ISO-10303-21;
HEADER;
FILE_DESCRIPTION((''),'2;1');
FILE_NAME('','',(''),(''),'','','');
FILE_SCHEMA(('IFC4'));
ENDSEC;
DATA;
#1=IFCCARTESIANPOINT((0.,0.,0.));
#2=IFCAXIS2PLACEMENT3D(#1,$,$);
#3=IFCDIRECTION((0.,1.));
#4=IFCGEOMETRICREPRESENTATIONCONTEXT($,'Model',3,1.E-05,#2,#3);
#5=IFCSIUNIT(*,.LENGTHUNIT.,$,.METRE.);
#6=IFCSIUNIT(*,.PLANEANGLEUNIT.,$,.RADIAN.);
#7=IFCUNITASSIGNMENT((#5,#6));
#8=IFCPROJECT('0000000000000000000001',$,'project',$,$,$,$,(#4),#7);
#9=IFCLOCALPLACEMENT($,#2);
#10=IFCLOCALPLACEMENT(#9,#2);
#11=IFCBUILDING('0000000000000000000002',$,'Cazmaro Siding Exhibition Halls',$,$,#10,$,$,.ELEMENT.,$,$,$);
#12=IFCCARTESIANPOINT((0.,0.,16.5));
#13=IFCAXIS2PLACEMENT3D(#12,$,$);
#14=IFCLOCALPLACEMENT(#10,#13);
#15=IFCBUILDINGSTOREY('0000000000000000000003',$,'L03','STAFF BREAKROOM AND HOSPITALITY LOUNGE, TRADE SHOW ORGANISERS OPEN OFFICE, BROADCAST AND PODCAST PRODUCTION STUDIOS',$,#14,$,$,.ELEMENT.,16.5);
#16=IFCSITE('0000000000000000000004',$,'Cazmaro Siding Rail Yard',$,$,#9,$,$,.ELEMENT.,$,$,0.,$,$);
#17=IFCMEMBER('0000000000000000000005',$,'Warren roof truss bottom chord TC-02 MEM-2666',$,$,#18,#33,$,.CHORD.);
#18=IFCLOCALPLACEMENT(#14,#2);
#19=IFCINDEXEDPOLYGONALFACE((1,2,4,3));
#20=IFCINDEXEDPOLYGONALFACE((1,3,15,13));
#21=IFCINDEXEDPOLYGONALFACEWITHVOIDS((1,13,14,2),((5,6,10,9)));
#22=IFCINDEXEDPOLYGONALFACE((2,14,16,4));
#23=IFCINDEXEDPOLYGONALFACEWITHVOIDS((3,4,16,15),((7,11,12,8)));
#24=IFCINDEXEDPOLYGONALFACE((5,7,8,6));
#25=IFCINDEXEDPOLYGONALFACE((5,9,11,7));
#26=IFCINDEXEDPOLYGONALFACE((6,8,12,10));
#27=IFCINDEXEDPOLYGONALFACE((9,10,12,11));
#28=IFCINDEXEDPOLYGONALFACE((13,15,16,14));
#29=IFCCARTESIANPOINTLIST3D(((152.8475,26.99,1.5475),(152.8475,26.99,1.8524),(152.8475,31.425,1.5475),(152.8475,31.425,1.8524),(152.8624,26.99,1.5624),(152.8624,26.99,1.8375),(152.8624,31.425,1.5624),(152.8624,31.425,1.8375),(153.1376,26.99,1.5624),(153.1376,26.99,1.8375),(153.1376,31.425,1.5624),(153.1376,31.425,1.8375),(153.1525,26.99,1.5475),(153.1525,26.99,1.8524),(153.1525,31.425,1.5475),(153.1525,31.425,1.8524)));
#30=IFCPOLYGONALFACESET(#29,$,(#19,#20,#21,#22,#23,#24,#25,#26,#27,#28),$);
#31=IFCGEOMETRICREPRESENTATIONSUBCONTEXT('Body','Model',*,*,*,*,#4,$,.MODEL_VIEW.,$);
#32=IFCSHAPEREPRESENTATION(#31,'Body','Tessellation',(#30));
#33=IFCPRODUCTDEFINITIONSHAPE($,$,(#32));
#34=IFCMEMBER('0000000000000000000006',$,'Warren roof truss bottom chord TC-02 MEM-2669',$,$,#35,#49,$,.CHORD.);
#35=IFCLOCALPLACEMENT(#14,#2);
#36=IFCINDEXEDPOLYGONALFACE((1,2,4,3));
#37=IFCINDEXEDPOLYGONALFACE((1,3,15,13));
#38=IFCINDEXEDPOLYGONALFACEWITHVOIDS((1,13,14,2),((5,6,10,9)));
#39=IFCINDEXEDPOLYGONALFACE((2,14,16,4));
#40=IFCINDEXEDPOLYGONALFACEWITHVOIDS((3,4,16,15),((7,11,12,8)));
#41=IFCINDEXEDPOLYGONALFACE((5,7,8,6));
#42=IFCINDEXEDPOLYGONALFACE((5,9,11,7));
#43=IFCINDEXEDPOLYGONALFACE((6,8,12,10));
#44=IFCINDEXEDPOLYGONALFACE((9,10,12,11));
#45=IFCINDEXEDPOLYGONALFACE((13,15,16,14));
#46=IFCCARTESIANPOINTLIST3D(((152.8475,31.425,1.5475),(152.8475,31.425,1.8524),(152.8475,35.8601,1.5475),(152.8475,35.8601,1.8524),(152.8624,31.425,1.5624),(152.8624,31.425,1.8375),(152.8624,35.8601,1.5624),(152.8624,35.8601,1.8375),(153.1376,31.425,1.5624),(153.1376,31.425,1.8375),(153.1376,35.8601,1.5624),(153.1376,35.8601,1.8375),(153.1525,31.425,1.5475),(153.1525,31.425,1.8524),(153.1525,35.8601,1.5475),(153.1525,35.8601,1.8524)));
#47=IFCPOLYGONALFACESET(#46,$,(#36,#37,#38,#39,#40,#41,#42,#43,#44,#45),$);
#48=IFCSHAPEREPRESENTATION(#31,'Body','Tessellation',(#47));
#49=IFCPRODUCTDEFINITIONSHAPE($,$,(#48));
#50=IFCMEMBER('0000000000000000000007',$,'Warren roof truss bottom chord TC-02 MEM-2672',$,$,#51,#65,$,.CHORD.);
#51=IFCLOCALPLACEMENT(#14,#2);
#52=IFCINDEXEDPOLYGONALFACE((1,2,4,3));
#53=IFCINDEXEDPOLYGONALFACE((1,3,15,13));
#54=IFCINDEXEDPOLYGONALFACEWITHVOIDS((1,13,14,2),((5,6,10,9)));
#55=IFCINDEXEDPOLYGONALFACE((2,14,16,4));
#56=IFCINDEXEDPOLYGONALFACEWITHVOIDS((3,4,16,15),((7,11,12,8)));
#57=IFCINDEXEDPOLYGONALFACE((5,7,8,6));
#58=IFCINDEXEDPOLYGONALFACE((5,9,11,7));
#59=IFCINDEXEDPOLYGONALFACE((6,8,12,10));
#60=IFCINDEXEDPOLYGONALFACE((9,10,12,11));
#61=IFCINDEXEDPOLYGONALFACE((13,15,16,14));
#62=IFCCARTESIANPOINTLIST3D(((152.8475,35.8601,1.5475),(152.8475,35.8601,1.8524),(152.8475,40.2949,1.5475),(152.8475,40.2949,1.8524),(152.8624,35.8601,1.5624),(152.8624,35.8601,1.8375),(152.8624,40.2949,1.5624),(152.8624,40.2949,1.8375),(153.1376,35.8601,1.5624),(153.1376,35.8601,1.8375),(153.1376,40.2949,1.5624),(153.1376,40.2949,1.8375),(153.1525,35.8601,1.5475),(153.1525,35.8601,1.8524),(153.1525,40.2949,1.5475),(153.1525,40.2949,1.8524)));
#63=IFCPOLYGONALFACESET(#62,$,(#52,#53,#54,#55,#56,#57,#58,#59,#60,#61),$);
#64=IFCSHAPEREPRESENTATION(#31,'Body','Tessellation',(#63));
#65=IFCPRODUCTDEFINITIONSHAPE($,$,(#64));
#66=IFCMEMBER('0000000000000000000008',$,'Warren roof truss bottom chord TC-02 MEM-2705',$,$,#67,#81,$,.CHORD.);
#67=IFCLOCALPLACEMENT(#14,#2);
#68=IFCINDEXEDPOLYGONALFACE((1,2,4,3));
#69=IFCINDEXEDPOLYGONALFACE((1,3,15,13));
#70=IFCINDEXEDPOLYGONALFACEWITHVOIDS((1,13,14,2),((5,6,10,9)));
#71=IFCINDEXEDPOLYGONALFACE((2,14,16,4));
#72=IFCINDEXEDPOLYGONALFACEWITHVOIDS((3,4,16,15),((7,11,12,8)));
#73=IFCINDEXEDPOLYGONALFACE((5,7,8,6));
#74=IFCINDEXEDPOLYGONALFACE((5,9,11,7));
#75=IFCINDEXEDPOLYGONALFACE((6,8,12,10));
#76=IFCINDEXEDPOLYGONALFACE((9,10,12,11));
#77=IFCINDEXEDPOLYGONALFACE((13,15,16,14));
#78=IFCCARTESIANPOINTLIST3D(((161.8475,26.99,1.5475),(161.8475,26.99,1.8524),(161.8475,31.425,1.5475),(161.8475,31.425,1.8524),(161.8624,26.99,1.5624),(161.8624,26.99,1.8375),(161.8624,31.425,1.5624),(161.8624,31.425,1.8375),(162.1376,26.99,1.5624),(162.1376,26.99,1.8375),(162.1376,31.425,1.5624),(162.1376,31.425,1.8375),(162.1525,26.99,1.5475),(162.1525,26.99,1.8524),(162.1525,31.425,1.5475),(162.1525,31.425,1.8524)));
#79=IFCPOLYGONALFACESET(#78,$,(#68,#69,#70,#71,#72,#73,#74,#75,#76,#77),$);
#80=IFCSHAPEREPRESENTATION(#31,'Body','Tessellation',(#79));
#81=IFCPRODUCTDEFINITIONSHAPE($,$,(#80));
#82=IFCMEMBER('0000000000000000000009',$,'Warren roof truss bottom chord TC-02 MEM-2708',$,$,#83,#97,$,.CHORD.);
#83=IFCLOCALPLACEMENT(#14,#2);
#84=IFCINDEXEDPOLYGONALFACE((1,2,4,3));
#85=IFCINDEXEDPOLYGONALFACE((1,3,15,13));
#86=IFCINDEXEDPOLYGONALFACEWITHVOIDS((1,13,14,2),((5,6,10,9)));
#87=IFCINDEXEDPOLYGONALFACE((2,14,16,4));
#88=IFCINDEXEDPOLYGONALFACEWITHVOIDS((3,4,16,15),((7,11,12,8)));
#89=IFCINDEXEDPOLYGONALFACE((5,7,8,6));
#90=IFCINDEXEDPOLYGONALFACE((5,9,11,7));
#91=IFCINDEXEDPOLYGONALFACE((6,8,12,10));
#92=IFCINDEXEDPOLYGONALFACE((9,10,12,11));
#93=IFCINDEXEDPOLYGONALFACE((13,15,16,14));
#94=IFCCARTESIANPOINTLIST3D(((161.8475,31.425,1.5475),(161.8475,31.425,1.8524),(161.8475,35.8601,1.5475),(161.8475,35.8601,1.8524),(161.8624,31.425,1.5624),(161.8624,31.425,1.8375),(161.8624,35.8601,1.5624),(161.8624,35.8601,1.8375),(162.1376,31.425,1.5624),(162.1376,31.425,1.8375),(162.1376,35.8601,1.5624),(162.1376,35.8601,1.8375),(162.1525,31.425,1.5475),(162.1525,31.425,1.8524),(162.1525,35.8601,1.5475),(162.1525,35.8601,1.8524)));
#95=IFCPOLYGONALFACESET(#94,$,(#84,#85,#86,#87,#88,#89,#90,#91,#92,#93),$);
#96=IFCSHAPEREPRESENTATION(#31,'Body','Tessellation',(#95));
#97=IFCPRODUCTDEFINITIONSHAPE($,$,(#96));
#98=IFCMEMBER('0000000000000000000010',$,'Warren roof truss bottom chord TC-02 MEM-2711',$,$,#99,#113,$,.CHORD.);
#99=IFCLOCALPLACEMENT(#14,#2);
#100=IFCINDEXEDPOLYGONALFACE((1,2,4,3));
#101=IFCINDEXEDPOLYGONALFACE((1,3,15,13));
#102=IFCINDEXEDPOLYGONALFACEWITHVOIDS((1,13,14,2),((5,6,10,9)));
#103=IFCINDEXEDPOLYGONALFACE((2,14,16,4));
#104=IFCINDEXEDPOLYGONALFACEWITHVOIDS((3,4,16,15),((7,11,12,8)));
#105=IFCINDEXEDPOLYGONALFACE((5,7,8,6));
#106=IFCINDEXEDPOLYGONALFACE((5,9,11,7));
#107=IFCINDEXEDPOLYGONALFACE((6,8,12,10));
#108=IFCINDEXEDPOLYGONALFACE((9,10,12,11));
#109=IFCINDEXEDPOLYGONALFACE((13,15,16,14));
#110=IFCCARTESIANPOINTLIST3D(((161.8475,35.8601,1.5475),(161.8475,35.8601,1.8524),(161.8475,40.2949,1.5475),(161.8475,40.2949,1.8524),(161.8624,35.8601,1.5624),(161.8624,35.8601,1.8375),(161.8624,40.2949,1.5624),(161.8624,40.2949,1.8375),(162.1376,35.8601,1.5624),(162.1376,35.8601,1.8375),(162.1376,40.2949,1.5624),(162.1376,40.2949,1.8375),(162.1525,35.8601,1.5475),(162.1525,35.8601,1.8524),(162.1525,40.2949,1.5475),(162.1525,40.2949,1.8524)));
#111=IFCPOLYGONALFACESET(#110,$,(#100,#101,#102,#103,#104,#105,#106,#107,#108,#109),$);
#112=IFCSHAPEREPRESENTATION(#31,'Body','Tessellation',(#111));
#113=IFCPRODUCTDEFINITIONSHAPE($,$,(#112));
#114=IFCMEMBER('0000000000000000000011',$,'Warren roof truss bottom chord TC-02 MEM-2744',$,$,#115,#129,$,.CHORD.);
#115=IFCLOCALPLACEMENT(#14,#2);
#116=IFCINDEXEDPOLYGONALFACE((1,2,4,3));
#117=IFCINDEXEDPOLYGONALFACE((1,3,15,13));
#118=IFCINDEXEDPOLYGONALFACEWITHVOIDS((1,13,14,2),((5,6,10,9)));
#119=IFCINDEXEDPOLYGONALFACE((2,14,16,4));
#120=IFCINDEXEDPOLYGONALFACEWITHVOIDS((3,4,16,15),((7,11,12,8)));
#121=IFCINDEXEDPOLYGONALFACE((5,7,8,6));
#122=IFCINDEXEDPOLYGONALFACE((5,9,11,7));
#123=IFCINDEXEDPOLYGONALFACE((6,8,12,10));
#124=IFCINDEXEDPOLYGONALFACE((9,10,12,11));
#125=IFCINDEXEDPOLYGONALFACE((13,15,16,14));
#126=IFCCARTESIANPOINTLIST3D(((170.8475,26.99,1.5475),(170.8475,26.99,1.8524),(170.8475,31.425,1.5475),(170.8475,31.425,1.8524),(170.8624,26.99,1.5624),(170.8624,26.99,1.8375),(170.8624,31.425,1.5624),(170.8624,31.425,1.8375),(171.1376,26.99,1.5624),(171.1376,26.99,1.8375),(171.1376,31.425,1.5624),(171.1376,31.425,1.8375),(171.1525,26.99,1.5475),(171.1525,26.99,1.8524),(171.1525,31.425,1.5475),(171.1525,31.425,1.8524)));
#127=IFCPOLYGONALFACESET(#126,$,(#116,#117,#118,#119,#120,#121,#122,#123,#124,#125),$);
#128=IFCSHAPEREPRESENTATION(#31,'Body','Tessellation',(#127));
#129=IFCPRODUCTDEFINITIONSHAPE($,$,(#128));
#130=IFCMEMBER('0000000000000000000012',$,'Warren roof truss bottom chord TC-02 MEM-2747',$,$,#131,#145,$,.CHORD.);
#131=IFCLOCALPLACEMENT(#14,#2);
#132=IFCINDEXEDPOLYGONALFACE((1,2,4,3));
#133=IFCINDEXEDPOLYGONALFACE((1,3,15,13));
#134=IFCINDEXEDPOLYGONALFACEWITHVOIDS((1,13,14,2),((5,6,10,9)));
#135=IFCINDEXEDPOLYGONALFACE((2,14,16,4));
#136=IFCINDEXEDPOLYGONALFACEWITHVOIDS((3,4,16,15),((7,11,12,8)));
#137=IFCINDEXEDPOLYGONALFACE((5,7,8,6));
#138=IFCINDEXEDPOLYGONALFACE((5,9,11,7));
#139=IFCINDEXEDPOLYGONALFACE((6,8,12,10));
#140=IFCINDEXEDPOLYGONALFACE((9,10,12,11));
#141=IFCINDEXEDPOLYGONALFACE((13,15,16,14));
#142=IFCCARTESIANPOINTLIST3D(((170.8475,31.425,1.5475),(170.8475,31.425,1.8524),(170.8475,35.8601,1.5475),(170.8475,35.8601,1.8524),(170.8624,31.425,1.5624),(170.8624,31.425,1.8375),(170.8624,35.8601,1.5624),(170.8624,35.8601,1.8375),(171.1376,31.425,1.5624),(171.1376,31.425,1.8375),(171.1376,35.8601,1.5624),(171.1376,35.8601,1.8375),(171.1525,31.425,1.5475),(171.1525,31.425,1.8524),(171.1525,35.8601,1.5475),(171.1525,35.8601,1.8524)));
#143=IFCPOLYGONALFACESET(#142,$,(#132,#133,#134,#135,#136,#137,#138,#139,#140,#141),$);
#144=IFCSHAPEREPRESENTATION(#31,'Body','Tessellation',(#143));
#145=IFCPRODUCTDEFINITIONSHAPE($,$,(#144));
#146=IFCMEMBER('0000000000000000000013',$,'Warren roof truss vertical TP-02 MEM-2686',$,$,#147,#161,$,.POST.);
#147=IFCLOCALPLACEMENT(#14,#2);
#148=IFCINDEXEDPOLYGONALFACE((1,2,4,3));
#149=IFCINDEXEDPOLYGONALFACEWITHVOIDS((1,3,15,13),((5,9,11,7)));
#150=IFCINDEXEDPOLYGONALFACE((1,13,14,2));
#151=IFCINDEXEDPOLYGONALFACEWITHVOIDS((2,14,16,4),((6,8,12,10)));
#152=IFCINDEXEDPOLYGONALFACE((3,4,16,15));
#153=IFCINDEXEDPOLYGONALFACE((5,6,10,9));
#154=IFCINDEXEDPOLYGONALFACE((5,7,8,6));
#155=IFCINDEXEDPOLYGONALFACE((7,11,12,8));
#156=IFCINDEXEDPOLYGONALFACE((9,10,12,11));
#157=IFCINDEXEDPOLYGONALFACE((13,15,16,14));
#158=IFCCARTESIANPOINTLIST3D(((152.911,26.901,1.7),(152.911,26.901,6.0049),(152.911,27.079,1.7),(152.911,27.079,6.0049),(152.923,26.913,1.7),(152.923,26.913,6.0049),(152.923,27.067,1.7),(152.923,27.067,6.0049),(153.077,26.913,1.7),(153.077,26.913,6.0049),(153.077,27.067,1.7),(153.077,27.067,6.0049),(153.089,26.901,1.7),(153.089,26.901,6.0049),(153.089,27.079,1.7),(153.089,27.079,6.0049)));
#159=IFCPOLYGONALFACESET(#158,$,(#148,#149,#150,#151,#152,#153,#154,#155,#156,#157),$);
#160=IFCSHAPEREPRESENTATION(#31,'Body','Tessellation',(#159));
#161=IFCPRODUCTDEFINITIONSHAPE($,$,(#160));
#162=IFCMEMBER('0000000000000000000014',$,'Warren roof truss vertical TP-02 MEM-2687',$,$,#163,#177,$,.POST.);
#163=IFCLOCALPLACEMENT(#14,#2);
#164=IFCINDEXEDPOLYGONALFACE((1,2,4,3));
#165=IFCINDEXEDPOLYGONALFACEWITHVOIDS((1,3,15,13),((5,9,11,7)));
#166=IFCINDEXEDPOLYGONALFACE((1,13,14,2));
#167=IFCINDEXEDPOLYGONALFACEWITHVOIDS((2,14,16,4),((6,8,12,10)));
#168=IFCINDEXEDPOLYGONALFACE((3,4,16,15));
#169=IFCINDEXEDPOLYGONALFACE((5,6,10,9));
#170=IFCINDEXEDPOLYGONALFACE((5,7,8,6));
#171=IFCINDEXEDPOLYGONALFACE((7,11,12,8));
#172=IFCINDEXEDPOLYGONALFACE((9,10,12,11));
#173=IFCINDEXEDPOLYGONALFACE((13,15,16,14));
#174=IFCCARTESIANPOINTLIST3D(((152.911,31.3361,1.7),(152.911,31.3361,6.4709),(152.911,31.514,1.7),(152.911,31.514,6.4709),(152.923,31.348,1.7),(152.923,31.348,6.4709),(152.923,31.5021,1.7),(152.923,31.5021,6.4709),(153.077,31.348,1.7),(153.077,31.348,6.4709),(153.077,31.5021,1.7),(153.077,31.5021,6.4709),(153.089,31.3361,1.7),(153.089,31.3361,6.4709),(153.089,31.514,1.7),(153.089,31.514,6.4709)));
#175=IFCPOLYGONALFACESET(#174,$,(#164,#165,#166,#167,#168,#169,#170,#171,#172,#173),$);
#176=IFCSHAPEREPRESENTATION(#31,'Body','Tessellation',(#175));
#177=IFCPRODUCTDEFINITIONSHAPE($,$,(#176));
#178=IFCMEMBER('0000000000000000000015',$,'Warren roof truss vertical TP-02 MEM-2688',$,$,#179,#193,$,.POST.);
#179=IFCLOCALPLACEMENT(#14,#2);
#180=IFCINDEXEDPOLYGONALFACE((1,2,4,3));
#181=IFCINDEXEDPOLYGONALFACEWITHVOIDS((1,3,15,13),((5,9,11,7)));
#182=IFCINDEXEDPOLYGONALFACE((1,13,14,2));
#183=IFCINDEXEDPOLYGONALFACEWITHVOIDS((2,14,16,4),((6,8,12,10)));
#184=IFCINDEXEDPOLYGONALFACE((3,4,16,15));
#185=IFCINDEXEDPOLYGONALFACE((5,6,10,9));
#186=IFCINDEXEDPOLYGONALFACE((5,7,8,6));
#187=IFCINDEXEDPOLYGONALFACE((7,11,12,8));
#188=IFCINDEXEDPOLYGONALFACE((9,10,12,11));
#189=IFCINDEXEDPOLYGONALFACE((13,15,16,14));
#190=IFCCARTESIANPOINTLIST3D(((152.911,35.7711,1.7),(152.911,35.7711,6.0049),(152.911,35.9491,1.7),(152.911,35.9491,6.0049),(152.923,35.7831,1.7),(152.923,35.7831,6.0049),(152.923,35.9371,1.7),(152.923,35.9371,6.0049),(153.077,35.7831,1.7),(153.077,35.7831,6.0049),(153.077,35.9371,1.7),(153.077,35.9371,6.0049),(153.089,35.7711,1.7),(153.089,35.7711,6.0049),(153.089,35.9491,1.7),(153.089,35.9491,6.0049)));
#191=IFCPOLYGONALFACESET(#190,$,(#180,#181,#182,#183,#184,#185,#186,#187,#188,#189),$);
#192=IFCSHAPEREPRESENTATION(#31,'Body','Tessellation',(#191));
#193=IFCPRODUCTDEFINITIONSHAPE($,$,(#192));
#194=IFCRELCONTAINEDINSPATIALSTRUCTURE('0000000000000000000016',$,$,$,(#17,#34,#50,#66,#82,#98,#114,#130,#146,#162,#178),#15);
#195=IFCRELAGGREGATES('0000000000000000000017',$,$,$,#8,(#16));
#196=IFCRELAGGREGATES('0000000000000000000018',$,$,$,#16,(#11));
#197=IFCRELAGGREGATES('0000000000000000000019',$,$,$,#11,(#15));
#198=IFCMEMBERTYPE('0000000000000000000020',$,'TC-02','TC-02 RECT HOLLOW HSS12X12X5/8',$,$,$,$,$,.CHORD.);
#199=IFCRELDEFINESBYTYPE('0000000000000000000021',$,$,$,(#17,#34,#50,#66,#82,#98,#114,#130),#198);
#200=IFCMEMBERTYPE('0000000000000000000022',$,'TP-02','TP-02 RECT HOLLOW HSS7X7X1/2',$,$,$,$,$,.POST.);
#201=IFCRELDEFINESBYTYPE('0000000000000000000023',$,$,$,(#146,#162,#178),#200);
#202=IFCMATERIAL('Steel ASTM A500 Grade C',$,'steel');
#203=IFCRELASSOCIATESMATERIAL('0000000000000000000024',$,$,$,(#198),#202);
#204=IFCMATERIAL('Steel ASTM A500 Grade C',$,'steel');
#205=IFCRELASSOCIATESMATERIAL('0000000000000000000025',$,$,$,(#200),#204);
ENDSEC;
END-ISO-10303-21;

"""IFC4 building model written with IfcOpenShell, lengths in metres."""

from ifc_helpers import new_model, si_unit, direction, frame, origin, origin_2d, place, context, subcontext, project, spatial, hollow_rectangle, extrude, material, material_profile, profile_set, type_object, element, save


model = new_model("IFC4")

# Units and contexts
model_context = context("Model", 3, precision=1e-05, world=origin(), true_north=direction((0.0, 1.0)))
body_context = subcontext(model_context, "Body", "Model", "MODEL_VIEW")
ifc_project = project(units=[si_unit("LENGTHUNIT", "METRE"), si_unit("PLANEANGLEUNIT", "RADIAN")], contexts=[model_context])

# Site, building, storey
site_placement = place(None, origin())
site = spatial("IfcSite", under=ifc_project, at=site_placement, Name="Cazmaro Siding Rail Yard", CompositionType="ELEMENT", RefElevation=0.0)
building_placement = place(site_placement, origin())
building = spatial("IfcBuilding", under=site, at=building_placement, Name="Cazmaro Siding Exhibition Halls", CompositionType="ELEMENT")
storey_placement = place(building_placement, frame((0.0, 0.0, 16.5)))
storey = spatial("IfcBuildingStorey", under=building, at=storey_placement, Name="L03", Description="STAFF BREAKROOM AND HOSPITALITY LOUNGE, TRADE SHOW ORGANISERS OPEN OFFICE, BROADCAST AND PODCAST PRODUCTION STUDIOS", CompositionType="ELEMENT", Elevation=16.5)

# Members
ifc_material_1 = material(Name="Steel ASTM A500 Grade C", Category="steel")
ifc_material_profile_1 = material_profile(ifc_material_1, hollow_rectangle(XDim=0.3049, YDim=0.3049, WallThickness=0.0149, at=origin_2d()), Name="HSS12X12X5/8")
ifc_profile_set_1 = profile_set([ifc_material_profile_1], Name="Steel ASTM A500 Grade C")
member_type_1 = type_object("IfcMemberType", Name="TC-02", Description="TC-02 RECT HOLLOW HSS12X12X5/8", PredefinedType="CHORD", material=ifc_profile_set_1)
for number, where, z_axis, x_axis, name in (
    (1, (153.0, 26.99, 1.7), (0.0, 1.0, 0.0), (-1.0, 0.0, 0.0), "Warren roof truss bottom chord TC-02 MEM-2666"),
    (2, (153.0, 31.425, 1.7), (0.0, 1.0, 0.0), (-1.0, 0.0, 0.0), "Warren roof truss bottom chord TC-02 MEM-2669"),
):
    element("IfcMember", number, at=place(storey_placement, frame(where, z_axis=z_axis, x_axis=x_axis)), inside=storey, type_object=member_type_1, Name=name, PredefinedType="CHORD", context=body_context, shape_type="SweptSolid", body=[
        extrude(hollow_rectangle(XDim=0.3049, YDim=0.3049, WallThickness=0.0149, at=origin_2d()), origin(), (0.0, 0.0, 1.0), 4.4351),
    ])
member_1_placement = place(storey_placement, frame((153.0, 35.8601, 1.7), z_axis=(0.0, 1.0, 0.0), x_axis=(-1.0, 0.0, 0.0)))
element("IfcMember", 3, at=member_1_placement, inside=storey, type_object=member_type_1, Name="Warren roof truss bottom chord TC-02 MEM-2672", PredefinedType="CHORD", context=body_context, shape_type="SweptSolid", body=[
    extrude(hollow_rectangle(XDim=0.3049, YDim=0.3049, WallThickness=0.0149, at=origin_2d()), origin(), (0.0, 0.0, 1.0), 4.4348),
])
for number, where, z_axis, x_axis, name in (
    (4, (162.0, 26.99, 1.7), (0.0, 1.0, 0.0), (-1.0, 0.0, 0.0), "Warren roof truss bottom chord TC-02 MEM-2705"),
    (5, (162.0, 31.425, 1.7), (0.0, 1.0, 0.0), (-1.0, 0.0, 0.0), "Warren roof truss bottom chord TC-02 MEM-2708"),
):
    element("IfcMember", number, at=place(storey_placement, frame(where, z_axis=z_axis, x_axis=x_axis)), inside=storey, type_object=member_type_1, Name=name, PredefinedType="CHORD", context=body_context, shape_type="SweptSolid", body=[
        extrude(hollow_rectangle(XDim=0.3049, YDim=0.3049, WallThickness=0.0149, at=origin_2d()), origin(), (0.0, 0.0, 1.0), 4.4351),
    ])
member_2_placement = place(storey_placement, frame((162.0, 35.8601, 1.7), z_axis=(0.0, 1.0, 0.0), x_axis=(-1.0, 0.0, 0.0)))
element("IfcMember", 6, at=member_2_placement, inside=storey, type_object=member_type_1, Name="Warren roof truss bottom chord TC-02 MEM-2711", PredefinedType="CHORD", context=body_context, shape_type="SweptSolid", body=[
    extrude(hollow_rectangle(XDim=0.3049, YDim=0.3049, WallThickness=0.0149, at=origin_2d()), origin(), (0.0, 0.0, 1.0), 4.4348),
])
for number, where, z_axis, x_axis, name in (
    (7, (171.0, 26.99, 1.7), (0.0, 1.0, 0.0), (-1.0, 0.0, 0.0), "Warren roof truss bottom chord TC-02 MEM-2744"),
    (8, (171.0, 31.425, 1.7), (0.0, 1.0, 0.0), (-1.0, 0.0, 0.0), "Warren roof truss bottom chord TC-02 MEM-2747"),
):
    element("IfcMember", number, at=place(storey_placement, frame(where, z_axis=z_axis, x_axis=x_axis)), inside=storey, type_object=member_type_1, Name=name, PredefinedType="CHORD", context=body_context, shape_type="SweptSolid", body=[
        extrude(hollow_rectangle(XDim=0.3049, YDim=0.3049, WallThickness=0.0149, at=origin_2d()), origin(), (0.0, 0.0, 1.0), 4.4351),
    ])
ifc_material_2 = material(Name="Steel ASTM A500 Grade C", Category="steel")
ifc_material_profile_2 = material_profile(ifc_material_2, hollow_rectangle(XDim=0.178, YDim=0.178, WallThickness=0.012, at=origin_2d()), Name="HSS7X7X1/2")
ifc_profile_set_2 = profile_set([ifc_material_profile_2], Name="Steel ASTM A500 Grade C")
member_type_2 = type_object("IfcMemberType", Name="TP-02", Description="TP-02 RECT HOLLOW HSS7X7X1/2", PredefinedType="POST", material=ifc_profile_set_2)
member_3_placement = place(storey_placement, frame((153.0, 26.99, 1.7), z_axis=(0.0, 0.0, 1.0), x_axis=(1.0, 0.0, 0.0)))
element("IfcMember", 9, at=member_3_placement, inside=storey, type_object=member_type_2, Name="Warren roof truss vertical TP-02 MEM-2686", PredefinedType="POST", context=body_context, shape_type="SweptSolid", body=[
    extrude(hollow_rectangle(XDim=0.178, YDim=0.178, WallThickness=0.012, at=origin_2d()), origin(), (0.0, 0.0, 1.0), 4.3049),
])
member_4_placement = place(storey_placement, frame((153.0, 31.425, 1.7), z_axis=(0.0, 0.0, 1.0), x_axis=(1.0, 0.0, 0.0)))
element("IfcMember", 10, at=member_4_placement, inside=storey, type_object=member_type_2, Name="Warren roof truss vertical TP-02 MEM-2687", PredefinedType="POST", context=body_context, shape_type="SweptSolid", body=[
    extrude(hollow_rectangle(XDim=0.178, YDim=0.178, WallThickness=0.012, at=origin_2d()), origin(), (0.0, 0.0, 1.0), 4.771),
])
for number, where, z_axis, x_axis, name in (
    (11, (153.0, 35.8601, 1.7), (0.0, 0.0, 1.0), (1.0, 0.0, 0.0), "Warren roof truss vertical TP-02 MEM-2688"),
):
    element("IfcMember", number, at=place(storey_placement, frame(where, z_axis=z_axis, x_axis=x_axis)), inside=storey, type_object=member_type_2, Name=name, PredefinedType="POST", context=body_context, shape_type="SweptSolid", body=[
        extrude(hollow_rectangle(XDim=0.178, YDim=0.178, WallThickness=0.012, at=origin_2d()), origin(), (0.0, 0.0, 1.0), 4.3049),
    ])

save(model, "model.ifc")
